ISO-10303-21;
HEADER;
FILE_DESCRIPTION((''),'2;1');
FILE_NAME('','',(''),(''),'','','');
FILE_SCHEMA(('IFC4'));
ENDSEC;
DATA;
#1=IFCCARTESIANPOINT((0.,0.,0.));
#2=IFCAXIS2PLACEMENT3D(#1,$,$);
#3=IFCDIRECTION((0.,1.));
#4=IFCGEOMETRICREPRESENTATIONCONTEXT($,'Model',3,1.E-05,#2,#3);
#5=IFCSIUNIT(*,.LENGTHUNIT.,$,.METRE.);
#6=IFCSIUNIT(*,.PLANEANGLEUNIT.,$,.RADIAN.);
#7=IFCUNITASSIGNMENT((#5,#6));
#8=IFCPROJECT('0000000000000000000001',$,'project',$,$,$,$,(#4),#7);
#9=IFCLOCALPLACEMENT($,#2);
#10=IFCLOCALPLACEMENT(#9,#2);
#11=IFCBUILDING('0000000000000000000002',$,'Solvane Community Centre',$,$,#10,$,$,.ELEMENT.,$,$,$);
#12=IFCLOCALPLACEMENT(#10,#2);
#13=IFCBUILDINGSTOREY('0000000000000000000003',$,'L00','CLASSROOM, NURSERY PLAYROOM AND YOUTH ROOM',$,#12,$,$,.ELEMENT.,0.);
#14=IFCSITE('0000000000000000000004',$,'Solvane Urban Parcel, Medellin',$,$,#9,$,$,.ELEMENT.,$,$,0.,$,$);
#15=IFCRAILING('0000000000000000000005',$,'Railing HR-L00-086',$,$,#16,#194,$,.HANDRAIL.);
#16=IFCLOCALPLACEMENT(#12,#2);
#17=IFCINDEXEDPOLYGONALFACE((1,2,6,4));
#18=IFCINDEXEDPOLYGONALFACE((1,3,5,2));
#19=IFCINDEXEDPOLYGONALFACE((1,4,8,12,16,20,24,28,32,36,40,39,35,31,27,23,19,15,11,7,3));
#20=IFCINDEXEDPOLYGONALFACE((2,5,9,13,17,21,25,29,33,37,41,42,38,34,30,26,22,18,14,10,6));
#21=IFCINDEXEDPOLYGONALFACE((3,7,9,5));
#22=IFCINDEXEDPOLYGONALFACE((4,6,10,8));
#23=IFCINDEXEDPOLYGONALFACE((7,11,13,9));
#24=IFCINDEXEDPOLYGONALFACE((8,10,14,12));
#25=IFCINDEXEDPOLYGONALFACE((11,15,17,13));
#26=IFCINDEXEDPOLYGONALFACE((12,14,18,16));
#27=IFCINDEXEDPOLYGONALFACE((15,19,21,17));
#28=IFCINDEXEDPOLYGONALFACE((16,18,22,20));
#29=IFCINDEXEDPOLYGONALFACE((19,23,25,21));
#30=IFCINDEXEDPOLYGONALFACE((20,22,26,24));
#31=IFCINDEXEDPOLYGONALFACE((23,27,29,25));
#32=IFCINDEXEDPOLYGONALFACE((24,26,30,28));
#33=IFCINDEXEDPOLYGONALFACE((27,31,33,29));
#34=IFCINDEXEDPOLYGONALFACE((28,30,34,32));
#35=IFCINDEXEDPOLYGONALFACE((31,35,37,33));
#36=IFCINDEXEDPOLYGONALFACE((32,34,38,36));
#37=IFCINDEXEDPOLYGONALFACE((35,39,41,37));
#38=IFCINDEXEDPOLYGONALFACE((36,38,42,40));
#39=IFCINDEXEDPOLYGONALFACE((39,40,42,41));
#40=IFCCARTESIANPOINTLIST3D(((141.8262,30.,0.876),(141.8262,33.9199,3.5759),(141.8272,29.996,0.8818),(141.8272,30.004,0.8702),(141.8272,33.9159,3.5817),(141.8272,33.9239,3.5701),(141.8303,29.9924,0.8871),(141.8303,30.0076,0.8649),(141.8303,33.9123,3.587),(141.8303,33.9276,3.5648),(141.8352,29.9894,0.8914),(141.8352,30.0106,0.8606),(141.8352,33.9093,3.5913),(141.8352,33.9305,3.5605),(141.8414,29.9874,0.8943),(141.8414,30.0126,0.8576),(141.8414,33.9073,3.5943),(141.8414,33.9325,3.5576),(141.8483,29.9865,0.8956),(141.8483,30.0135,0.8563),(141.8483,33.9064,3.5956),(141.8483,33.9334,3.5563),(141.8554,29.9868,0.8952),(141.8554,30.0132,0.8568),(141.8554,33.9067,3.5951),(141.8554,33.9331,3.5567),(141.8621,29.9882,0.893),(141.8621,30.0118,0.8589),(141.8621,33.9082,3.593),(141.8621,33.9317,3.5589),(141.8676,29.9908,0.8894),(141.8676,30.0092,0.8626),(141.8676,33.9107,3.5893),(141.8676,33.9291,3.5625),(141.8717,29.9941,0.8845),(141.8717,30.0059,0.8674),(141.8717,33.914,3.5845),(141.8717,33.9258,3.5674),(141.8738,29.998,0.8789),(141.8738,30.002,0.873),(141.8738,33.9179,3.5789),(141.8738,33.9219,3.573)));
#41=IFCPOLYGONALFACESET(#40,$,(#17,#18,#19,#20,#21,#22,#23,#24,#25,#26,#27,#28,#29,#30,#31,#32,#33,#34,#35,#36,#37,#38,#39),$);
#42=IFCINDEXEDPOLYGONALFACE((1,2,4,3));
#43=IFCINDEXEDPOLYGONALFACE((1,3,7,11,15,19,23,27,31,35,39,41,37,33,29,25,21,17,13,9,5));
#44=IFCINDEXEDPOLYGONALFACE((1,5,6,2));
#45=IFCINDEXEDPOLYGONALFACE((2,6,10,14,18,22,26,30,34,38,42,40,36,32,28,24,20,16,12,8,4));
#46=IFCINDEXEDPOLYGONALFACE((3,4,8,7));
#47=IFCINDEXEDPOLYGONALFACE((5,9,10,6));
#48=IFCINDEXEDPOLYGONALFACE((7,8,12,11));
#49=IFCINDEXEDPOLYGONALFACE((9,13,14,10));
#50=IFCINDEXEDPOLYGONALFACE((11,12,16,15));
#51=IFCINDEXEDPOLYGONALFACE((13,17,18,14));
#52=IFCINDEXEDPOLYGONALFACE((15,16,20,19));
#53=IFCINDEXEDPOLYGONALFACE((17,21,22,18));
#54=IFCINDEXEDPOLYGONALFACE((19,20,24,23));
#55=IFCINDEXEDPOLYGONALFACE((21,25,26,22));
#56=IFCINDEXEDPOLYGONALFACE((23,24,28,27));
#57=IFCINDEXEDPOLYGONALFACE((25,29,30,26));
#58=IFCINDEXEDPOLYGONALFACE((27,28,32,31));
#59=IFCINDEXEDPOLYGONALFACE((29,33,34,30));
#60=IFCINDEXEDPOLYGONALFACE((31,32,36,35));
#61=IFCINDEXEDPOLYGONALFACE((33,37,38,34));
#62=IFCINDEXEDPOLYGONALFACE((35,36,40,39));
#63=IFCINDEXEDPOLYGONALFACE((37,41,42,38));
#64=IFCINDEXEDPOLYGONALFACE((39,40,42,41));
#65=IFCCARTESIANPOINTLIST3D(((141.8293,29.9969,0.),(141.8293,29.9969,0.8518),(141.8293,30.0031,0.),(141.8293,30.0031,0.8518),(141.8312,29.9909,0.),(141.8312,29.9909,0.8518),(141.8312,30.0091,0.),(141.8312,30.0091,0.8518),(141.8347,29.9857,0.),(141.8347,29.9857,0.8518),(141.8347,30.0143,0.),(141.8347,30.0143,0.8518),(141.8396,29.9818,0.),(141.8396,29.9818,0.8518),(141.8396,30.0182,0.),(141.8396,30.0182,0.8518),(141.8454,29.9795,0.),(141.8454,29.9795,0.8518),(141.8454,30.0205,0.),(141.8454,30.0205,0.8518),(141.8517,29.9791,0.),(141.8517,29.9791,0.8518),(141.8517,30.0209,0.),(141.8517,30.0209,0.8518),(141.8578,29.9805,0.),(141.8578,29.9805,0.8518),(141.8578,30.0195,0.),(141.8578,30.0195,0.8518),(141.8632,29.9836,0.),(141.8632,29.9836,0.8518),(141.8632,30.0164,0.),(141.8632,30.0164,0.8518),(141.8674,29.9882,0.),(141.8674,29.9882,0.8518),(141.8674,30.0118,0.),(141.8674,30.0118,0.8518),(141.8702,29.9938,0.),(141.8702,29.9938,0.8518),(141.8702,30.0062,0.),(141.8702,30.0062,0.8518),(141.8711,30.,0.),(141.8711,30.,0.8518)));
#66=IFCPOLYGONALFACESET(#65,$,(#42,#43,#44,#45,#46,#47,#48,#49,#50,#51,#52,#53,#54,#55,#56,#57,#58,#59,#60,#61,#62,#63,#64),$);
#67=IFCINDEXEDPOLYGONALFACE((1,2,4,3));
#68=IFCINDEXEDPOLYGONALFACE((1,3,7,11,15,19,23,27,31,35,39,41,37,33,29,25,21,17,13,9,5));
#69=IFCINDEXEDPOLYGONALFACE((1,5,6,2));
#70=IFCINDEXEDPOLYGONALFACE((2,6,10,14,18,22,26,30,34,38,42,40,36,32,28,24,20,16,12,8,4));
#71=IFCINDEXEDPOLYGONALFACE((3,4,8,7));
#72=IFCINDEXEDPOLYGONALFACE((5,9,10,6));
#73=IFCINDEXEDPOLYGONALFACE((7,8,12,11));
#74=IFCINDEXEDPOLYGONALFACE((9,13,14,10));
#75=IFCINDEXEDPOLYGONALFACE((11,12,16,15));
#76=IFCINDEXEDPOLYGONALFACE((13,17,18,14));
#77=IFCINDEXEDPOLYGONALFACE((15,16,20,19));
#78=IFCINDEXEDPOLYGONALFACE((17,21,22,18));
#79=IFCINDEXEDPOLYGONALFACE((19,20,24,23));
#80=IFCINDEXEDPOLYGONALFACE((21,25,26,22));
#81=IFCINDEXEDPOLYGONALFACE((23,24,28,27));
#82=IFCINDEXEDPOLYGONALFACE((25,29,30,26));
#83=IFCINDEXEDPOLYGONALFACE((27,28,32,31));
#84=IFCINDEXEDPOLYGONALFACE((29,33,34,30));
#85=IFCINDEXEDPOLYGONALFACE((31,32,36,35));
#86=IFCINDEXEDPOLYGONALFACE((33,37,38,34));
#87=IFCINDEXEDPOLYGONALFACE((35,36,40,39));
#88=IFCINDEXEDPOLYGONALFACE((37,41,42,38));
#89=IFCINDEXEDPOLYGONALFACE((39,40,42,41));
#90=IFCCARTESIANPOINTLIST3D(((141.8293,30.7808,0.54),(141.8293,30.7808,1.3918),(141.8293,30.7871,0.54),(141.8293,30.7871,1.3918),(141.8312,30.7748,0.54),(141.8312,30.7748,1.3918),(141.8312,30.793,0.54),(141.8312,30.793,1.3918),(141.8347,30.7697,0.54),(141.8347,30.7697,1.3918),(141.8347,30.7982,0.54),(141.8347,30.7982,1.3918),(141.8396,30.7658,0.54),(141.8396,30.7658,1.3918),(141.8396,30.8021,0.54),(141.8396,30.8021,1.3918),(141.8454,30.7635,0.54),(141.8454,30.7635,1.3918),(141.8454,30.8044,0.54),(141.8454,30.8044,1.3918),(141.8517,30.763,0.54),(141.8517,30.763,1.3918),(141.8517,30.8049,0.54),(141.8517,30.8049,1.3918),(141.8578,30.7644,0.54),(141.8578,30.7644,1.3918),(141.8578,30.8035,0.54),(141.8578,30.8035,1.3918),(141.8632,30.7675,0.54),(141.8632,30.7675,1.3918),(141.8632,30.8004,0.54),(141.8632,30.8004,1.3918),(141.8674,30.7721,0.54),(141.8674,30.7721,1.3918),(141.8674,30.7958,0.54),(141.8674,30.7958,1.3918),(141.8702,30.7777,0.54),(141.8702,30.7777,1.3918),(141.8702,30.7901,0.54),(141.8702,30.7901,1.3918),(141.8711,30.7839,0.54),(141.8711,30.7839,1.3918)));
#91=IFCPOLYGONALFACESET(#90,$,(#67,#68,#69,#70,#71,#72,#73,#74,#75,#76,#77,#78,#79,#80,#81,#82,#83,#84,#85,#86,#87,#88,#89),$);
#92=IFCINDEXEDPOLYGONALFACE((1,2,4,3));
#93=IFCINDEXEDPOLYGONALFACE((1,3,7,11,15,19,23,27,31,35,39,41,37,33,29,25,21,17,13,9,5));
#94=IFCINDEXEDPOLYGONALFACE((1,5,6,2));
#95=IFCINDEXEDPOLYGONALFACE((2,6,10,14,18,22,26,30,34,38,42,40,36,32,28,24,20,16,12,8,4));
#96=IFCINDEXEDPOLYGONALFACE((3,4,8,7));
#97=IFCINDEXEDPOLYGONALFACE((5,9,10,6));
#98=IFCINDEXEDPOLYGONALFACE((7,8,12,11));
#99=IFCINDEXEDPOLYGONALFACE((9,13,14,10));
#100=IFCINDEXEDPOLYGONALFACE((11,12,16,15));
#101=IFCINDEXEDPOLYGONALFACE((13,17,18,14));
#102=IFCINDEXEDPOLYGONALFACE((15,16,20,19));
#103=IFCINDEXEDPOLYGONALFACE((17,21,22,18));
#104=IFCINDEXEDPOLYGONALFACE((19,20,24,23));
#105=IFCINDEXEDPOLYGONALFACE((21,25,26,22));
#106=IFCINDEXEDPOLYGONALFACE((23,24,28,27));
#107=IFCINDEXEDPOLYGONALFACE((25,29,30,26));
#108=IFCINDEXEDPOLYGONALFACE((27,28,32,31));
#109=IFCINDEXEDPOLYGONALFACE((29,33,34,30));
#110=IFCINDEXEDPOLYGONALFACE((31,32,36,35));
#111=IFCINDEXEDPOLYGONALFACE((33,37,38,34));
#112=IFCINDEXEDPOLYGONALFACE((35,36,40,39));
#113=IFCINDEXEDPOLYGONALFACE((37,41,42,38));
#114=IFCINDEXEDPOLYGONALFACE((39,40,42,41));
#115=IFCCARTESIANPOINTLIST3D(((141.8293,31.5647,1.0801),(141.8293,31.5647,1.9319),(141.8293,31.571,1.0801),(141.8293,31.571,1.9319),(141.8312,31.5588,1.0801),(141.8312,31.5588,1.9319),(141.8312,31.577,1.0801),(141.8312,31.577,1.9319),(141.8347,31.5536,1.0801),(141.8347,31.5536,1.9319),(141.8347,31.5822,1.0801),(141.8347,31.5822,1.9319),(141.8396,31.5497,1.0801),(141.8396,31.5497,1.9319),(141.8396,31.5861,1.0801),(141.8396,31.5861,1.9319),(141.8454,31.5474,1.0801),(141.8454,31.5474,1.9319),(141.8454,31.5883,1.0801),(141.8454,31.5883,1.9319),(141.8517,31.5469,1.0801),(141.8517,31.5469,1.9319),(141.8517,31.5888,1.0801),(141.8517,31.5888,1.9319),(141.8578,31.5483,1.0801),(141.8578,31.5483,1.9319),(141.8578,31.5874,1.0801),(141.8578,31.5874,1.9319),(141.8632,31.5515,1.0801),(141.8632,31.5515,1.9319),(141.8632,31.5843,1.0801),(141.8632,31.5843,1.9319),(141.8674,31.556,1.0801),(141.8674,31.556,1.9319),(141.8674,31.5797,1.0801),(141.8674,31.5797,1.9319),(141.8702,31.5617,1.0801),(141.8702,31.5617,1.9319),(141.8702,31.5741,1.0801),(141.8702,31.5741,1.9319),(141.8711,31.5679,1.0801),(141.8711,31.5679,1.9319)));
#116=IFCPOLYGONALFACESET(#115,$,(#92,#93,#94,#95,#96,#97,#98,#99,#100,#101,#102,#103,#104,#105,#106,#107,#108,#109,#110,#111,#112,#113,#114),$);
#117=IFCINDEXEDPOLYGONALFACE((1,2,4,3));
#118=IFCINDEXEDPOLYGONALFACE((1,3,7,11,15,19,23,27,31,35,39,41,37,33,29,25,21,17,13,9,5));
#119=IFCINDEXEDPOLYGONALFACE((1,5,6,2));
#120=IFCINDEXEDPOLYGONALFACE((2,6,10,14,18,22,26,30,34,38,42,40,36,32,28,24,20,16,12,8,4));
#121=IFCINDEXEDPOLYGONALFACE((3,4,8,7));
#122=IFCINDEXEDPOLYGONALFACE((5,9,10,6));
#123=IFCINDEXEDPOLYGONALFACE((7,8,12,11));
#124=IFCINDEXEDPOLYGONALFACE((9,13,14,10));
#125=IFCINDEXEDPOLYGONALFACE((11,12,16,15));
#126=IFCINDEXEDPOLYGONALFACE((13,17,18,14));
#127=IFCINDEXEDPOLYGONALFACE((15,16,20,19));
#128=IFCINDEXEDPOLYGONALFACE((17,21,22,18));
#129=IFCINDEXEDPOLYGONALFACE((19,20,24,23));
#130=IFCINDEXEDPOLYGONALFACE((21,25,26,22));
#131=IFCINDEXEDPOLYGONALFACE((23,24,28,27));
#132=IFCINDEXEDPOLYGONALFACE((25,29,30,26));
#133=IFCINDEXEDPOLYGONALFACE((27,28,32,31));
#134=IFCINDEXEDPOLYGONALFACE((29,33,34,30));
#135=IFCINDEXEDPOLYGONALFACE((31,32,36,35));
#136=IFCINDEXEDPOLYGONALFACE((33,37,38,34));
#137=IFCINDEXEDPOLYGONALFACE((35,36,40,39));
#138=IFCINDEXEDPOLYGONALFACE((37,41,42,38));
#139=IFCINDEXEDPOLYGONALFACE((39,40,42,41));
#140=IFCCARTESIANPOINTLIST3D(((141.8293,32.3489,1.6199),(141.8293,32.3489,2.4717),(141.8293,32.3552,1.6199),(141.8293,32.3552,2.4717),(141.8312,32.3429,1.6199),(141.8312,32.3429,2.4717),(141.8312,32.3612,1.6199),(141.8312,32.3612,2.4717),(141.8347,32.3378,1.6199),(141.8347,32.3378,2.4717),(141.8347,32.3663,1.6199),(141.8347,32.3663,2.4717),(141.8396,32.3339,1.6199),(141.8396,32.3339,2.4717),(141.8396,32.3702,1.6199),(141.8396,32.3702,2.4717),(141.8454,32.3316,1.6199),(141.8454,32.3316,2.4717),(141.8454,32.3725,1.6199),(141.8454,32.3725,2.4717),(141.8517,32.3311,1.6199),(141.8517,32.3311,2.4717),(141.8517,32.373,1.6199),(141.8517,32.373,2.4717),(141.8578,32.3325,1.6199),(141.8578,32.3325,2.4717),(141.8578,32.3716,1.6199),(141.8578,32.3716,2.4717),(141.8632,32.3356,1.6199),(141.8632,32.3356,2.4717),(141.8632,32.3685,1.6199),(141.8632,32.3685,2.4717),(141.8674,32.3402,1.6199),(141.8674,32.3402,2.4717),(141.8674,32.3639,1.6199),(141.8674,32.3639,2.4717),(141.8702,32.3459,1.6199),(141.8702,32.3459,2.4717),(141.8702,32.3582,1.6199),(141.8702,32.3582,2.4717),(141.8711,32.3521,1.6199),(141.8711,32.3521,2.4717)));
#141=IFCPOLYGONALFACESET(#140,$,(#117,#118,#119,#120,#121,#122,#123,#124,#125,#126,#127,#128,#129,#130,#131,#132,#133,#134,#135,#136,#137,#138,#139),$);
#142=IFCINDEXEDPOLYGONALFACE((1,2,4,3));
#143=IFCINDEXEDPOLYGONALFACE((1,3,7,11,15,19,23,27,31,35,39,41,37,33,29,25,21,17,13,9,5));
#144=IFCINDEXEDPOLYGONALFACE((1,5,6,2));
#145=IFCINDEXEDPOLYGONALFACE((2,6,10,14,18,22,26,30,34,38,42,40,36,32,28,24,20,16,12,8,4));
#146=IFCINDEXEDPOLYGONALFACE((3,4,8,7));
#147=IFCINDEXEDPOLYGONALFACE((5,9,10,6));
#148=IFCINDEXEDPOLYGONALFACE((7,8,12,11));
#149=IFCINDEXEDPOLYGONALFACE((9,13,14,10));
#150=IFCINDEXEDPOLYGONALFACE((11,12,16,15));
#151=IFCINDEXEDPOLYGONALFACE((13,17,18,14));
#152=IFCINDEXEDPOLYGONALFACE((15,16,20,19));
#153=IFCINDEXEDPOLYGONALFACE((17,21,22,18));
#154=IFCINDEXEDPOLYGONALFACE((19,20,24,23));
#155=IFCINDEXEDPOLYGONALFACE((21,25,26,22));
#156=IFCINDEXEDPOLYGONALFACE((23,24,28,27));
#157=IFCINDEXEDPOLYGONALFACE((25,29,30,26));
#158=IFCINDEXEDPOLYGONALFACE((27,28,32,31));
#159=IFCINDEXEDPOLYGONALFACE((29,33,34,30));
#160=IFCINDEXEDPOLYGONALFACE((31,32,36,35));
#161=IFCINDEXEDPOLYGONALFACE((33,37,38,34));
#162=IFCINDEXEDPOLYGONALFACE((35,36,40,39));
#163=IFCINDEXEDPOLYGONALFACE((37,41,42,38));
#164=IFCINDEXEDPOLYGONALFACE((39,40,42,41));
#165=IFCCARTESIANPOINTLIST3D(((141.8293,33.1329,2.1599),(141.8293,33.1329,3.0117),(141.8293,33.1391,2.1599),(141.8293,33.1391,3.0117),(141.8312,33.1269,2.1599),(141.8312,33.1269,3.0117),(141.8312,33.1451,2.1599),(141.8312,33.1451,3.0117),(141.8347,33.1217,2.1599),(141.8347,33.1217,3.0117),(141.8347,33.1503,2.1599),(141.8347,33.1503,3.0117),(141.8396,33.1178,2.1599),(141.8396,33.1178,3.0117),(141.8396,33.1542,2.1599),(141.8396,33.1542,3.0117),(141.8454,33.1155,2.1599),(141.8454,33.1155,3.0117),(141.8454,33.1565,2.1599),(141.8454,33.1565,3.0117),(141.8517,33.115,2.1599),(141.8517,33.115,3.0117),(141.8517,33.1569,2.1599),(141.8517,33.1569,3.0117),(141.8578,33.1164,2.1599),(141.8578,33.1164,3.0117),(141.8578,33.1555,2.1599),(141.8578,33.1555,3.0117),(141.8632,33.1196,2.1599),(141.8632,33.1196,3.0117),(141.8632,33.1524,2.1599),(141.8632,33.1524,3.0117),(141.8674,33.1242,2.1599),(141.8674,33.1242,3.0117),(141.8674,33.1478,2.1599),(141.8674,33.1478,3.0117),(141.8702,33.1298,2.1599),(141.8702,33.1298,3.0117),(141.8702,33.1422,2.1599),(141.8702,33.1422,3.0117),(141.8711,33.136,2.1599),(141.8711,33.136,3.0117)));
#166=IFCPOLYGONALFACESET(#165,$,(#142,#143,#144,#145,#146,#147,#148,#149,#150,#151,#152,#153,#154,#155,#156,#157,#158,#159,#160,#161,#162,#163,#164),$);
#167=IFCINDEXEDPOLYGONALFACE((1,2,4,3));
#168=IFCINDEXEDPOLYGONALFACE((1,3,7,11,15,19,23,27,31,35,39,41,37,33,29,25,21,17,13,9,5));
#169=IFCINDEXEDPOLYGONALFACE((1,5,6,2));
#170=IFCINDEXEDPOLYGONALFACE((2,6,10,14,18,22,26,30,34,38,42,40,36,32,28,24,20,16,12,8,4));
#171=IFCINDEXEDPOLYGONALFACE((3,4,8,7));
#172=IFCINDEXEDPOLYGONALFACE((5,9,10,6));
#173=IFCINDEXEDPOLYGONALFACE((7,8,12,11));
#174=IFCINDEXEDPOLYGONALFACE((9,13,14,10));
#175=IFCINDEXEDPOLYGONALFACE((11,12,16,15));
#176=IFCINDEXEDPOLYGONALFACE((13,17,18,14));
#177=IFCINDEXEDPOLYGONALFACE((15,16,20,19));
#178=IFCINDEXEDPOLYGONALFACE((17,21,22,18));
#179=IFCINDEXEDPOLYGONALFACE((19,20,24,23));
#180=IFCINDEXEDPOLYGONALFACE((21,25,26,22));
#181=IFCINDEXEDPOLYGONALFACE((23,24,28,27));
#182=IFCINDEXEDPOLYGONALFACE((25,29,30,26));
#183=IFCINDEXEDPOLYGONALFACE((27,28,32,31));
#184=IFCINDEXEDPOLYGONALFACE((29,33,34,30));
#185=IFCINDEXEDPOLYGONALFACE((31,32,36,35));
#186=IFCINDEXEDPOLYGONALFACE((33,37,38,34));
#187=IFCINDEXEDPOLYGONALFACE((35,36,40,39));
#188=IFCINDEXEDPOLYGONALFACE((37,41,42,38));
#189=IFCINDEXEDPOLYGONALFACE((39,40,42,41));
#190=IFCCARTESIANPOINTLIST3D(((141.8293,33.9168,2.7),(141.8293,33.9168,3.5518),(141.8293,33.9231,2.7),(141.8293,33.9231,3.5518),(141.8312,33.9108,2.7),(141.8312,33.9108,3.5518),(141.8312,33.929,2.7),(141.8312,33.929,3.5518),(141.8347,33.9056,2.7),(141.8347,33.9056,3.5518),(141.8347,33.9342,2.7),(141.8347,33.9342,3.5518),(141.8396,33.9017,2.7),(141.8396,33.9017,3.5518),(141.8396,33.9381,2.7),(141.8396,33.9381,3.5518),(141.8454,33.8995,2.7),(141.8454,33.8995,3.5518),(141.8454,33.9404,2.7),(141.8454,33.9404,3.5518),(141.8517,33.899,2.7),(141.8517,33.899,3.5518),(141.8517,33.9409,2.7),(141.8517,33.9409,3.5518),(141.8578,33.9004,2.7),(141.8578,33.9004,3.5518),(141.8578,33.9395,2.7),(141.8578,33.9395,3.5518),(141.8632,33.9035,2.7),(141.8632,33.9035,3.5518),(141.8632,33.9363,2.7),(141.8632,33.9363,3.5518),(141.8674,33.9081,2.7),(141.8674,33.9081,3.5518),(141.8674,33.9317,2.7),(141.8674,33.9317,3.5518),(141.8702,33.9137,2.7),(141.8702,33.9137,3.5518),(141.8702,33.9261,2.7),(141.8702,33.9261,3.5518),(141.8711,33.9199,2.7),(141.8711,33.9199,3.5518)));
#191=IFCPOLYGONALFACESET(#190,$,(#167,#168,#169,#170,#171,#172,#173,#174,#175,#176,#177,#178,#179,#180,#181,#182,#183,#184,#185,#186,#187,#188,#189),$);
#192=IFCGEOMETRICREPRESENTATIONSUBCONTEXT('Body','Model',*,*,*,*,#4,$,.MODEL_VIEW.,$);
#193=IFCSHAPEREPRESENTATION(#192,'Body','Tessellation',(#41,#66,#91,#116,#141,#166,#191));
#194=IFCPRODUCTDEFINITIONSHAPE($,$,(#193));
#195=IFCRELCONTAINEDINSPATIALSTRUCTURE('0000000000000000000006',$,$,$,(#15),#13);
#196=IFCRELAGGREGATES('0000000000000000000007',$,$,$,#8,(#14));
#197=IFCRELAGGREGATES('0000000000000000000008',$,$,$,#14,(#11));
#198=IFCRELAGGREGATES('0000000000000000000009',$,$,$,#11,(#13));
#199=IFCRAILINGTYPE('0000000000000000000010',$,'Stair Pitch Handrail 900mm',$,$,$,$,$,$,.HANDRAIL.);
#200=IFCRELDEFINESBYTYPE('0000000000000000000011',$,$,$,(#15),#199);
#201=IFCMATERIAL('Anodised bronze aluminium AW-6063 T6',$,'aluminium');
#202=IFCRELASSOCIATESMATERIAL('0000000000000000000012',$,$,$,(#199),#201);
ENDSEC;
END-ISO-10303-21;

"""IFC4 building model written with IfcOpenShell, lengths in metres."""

from ifc_helpers import new_model, si_unit, direction, frame, origin, origin_2d, place, context, subcontext, project, spatial, circle, extrude, material, type_object, element, save


model = new_model("IFC4")

# Units and contexts
model_context = context("Model", 3, precision=1e-05, world=origin(), true_north=direction((0.0, 1.0)))
body_context = subcontext(model_context, "Body", "Model", "MODEL_VIEW")
ifc_project = project(units=[si_unit("LENGTHUNIT", "METRE"), si_unit("PLANEANGLEUNIT", "RADIAN")], contexts=[model_context])

# Site, building, storey
site_placement = place(None, origin())
site = spatial("IfcSite", under=ifc_project, at=site_placement, Name="Solvane Urban Parcel, Medellin", CompositionType="ELEMENT", RefElevation=0.0)
building_placement = place(site_placement, origin())
building = spatial("IfcBuilding", under=site, at=building_placement, Name="Solvane Community Centre", CompositionType="ELEMENT")
storey_placement = place(building_placement, origin())
storey = spatial("IfcBuildingStorey", under=building, at=storey_placement, Name="L00", Description="CLASSROOM, NURSERY PLAYROOM AND YOUTH ROOM", CompositionType="ELEMENT", Elevation=0.0)

# Railing
ifc_material_1 = material(Name="Anodised bronze aluminium AW-6063 T6", Category="aluminium")
railing_type_1 = type_object("IfcRailingType", Name="Stair Pitch Handrail 900mm", PredefinedType="HANDRAIL", material=ifc_material_1)
railing_1_placement = place(storey_placement, frame((141.8501, 30.0, 0.0)))
element("IfcRailing", 1, at=railing_1_placement, inside=storey, type_object=railing_type_1, Name="Railing HR-L00-086", PredefinedType="HANDRAIL", context=body_context, shape_type="SweptSolid", body=[
    extrude(circle(Radius=0.0239, at=origin_2d()), frame((0.0, 0.0, 0.876), z_axis=(0.0, 0.823551, 0.567243), x_axis=(-1.0, 0.0, 0.0)), (0.0, 0.0, 1.0), 4.7598),
    extrude(circle(Radius=0.021, at=origin_2d()), origin(), (0.0, 0.0, 1.0), 0.8518),
    extrude(circle(Radius=0.021, at=origin_2d()), frame((0.0, 0.7839, 0.54)), (0.0, 0.0, 1.0), 0.8518),
    extrude(circle(Radius=0.021, at=origin_2d()), frame((0.0, 1.5679, 1.0801)), (0.0, 0.0, 1.0), 0.8518),
    extrude(circle(Radius=0.021, at=origin_2d()), frame((0.0, 2.3521, 1.6199)), (0.0, 0.0, 1.0), 0.8518),
    extrude(circle(Radius=0.021, at=origin_2d()), frame((0.0, 3.136, 2.1599)), (0.0, 0.0, 1.0), 0.8518),
    extrude(circle(Radius=0.021, at=origin_2d()), frame((0.0, 3.9199, 2.7)), (0.0, 0.0, 1.0), 0.8518),
])

save(model, "model.ifc")
